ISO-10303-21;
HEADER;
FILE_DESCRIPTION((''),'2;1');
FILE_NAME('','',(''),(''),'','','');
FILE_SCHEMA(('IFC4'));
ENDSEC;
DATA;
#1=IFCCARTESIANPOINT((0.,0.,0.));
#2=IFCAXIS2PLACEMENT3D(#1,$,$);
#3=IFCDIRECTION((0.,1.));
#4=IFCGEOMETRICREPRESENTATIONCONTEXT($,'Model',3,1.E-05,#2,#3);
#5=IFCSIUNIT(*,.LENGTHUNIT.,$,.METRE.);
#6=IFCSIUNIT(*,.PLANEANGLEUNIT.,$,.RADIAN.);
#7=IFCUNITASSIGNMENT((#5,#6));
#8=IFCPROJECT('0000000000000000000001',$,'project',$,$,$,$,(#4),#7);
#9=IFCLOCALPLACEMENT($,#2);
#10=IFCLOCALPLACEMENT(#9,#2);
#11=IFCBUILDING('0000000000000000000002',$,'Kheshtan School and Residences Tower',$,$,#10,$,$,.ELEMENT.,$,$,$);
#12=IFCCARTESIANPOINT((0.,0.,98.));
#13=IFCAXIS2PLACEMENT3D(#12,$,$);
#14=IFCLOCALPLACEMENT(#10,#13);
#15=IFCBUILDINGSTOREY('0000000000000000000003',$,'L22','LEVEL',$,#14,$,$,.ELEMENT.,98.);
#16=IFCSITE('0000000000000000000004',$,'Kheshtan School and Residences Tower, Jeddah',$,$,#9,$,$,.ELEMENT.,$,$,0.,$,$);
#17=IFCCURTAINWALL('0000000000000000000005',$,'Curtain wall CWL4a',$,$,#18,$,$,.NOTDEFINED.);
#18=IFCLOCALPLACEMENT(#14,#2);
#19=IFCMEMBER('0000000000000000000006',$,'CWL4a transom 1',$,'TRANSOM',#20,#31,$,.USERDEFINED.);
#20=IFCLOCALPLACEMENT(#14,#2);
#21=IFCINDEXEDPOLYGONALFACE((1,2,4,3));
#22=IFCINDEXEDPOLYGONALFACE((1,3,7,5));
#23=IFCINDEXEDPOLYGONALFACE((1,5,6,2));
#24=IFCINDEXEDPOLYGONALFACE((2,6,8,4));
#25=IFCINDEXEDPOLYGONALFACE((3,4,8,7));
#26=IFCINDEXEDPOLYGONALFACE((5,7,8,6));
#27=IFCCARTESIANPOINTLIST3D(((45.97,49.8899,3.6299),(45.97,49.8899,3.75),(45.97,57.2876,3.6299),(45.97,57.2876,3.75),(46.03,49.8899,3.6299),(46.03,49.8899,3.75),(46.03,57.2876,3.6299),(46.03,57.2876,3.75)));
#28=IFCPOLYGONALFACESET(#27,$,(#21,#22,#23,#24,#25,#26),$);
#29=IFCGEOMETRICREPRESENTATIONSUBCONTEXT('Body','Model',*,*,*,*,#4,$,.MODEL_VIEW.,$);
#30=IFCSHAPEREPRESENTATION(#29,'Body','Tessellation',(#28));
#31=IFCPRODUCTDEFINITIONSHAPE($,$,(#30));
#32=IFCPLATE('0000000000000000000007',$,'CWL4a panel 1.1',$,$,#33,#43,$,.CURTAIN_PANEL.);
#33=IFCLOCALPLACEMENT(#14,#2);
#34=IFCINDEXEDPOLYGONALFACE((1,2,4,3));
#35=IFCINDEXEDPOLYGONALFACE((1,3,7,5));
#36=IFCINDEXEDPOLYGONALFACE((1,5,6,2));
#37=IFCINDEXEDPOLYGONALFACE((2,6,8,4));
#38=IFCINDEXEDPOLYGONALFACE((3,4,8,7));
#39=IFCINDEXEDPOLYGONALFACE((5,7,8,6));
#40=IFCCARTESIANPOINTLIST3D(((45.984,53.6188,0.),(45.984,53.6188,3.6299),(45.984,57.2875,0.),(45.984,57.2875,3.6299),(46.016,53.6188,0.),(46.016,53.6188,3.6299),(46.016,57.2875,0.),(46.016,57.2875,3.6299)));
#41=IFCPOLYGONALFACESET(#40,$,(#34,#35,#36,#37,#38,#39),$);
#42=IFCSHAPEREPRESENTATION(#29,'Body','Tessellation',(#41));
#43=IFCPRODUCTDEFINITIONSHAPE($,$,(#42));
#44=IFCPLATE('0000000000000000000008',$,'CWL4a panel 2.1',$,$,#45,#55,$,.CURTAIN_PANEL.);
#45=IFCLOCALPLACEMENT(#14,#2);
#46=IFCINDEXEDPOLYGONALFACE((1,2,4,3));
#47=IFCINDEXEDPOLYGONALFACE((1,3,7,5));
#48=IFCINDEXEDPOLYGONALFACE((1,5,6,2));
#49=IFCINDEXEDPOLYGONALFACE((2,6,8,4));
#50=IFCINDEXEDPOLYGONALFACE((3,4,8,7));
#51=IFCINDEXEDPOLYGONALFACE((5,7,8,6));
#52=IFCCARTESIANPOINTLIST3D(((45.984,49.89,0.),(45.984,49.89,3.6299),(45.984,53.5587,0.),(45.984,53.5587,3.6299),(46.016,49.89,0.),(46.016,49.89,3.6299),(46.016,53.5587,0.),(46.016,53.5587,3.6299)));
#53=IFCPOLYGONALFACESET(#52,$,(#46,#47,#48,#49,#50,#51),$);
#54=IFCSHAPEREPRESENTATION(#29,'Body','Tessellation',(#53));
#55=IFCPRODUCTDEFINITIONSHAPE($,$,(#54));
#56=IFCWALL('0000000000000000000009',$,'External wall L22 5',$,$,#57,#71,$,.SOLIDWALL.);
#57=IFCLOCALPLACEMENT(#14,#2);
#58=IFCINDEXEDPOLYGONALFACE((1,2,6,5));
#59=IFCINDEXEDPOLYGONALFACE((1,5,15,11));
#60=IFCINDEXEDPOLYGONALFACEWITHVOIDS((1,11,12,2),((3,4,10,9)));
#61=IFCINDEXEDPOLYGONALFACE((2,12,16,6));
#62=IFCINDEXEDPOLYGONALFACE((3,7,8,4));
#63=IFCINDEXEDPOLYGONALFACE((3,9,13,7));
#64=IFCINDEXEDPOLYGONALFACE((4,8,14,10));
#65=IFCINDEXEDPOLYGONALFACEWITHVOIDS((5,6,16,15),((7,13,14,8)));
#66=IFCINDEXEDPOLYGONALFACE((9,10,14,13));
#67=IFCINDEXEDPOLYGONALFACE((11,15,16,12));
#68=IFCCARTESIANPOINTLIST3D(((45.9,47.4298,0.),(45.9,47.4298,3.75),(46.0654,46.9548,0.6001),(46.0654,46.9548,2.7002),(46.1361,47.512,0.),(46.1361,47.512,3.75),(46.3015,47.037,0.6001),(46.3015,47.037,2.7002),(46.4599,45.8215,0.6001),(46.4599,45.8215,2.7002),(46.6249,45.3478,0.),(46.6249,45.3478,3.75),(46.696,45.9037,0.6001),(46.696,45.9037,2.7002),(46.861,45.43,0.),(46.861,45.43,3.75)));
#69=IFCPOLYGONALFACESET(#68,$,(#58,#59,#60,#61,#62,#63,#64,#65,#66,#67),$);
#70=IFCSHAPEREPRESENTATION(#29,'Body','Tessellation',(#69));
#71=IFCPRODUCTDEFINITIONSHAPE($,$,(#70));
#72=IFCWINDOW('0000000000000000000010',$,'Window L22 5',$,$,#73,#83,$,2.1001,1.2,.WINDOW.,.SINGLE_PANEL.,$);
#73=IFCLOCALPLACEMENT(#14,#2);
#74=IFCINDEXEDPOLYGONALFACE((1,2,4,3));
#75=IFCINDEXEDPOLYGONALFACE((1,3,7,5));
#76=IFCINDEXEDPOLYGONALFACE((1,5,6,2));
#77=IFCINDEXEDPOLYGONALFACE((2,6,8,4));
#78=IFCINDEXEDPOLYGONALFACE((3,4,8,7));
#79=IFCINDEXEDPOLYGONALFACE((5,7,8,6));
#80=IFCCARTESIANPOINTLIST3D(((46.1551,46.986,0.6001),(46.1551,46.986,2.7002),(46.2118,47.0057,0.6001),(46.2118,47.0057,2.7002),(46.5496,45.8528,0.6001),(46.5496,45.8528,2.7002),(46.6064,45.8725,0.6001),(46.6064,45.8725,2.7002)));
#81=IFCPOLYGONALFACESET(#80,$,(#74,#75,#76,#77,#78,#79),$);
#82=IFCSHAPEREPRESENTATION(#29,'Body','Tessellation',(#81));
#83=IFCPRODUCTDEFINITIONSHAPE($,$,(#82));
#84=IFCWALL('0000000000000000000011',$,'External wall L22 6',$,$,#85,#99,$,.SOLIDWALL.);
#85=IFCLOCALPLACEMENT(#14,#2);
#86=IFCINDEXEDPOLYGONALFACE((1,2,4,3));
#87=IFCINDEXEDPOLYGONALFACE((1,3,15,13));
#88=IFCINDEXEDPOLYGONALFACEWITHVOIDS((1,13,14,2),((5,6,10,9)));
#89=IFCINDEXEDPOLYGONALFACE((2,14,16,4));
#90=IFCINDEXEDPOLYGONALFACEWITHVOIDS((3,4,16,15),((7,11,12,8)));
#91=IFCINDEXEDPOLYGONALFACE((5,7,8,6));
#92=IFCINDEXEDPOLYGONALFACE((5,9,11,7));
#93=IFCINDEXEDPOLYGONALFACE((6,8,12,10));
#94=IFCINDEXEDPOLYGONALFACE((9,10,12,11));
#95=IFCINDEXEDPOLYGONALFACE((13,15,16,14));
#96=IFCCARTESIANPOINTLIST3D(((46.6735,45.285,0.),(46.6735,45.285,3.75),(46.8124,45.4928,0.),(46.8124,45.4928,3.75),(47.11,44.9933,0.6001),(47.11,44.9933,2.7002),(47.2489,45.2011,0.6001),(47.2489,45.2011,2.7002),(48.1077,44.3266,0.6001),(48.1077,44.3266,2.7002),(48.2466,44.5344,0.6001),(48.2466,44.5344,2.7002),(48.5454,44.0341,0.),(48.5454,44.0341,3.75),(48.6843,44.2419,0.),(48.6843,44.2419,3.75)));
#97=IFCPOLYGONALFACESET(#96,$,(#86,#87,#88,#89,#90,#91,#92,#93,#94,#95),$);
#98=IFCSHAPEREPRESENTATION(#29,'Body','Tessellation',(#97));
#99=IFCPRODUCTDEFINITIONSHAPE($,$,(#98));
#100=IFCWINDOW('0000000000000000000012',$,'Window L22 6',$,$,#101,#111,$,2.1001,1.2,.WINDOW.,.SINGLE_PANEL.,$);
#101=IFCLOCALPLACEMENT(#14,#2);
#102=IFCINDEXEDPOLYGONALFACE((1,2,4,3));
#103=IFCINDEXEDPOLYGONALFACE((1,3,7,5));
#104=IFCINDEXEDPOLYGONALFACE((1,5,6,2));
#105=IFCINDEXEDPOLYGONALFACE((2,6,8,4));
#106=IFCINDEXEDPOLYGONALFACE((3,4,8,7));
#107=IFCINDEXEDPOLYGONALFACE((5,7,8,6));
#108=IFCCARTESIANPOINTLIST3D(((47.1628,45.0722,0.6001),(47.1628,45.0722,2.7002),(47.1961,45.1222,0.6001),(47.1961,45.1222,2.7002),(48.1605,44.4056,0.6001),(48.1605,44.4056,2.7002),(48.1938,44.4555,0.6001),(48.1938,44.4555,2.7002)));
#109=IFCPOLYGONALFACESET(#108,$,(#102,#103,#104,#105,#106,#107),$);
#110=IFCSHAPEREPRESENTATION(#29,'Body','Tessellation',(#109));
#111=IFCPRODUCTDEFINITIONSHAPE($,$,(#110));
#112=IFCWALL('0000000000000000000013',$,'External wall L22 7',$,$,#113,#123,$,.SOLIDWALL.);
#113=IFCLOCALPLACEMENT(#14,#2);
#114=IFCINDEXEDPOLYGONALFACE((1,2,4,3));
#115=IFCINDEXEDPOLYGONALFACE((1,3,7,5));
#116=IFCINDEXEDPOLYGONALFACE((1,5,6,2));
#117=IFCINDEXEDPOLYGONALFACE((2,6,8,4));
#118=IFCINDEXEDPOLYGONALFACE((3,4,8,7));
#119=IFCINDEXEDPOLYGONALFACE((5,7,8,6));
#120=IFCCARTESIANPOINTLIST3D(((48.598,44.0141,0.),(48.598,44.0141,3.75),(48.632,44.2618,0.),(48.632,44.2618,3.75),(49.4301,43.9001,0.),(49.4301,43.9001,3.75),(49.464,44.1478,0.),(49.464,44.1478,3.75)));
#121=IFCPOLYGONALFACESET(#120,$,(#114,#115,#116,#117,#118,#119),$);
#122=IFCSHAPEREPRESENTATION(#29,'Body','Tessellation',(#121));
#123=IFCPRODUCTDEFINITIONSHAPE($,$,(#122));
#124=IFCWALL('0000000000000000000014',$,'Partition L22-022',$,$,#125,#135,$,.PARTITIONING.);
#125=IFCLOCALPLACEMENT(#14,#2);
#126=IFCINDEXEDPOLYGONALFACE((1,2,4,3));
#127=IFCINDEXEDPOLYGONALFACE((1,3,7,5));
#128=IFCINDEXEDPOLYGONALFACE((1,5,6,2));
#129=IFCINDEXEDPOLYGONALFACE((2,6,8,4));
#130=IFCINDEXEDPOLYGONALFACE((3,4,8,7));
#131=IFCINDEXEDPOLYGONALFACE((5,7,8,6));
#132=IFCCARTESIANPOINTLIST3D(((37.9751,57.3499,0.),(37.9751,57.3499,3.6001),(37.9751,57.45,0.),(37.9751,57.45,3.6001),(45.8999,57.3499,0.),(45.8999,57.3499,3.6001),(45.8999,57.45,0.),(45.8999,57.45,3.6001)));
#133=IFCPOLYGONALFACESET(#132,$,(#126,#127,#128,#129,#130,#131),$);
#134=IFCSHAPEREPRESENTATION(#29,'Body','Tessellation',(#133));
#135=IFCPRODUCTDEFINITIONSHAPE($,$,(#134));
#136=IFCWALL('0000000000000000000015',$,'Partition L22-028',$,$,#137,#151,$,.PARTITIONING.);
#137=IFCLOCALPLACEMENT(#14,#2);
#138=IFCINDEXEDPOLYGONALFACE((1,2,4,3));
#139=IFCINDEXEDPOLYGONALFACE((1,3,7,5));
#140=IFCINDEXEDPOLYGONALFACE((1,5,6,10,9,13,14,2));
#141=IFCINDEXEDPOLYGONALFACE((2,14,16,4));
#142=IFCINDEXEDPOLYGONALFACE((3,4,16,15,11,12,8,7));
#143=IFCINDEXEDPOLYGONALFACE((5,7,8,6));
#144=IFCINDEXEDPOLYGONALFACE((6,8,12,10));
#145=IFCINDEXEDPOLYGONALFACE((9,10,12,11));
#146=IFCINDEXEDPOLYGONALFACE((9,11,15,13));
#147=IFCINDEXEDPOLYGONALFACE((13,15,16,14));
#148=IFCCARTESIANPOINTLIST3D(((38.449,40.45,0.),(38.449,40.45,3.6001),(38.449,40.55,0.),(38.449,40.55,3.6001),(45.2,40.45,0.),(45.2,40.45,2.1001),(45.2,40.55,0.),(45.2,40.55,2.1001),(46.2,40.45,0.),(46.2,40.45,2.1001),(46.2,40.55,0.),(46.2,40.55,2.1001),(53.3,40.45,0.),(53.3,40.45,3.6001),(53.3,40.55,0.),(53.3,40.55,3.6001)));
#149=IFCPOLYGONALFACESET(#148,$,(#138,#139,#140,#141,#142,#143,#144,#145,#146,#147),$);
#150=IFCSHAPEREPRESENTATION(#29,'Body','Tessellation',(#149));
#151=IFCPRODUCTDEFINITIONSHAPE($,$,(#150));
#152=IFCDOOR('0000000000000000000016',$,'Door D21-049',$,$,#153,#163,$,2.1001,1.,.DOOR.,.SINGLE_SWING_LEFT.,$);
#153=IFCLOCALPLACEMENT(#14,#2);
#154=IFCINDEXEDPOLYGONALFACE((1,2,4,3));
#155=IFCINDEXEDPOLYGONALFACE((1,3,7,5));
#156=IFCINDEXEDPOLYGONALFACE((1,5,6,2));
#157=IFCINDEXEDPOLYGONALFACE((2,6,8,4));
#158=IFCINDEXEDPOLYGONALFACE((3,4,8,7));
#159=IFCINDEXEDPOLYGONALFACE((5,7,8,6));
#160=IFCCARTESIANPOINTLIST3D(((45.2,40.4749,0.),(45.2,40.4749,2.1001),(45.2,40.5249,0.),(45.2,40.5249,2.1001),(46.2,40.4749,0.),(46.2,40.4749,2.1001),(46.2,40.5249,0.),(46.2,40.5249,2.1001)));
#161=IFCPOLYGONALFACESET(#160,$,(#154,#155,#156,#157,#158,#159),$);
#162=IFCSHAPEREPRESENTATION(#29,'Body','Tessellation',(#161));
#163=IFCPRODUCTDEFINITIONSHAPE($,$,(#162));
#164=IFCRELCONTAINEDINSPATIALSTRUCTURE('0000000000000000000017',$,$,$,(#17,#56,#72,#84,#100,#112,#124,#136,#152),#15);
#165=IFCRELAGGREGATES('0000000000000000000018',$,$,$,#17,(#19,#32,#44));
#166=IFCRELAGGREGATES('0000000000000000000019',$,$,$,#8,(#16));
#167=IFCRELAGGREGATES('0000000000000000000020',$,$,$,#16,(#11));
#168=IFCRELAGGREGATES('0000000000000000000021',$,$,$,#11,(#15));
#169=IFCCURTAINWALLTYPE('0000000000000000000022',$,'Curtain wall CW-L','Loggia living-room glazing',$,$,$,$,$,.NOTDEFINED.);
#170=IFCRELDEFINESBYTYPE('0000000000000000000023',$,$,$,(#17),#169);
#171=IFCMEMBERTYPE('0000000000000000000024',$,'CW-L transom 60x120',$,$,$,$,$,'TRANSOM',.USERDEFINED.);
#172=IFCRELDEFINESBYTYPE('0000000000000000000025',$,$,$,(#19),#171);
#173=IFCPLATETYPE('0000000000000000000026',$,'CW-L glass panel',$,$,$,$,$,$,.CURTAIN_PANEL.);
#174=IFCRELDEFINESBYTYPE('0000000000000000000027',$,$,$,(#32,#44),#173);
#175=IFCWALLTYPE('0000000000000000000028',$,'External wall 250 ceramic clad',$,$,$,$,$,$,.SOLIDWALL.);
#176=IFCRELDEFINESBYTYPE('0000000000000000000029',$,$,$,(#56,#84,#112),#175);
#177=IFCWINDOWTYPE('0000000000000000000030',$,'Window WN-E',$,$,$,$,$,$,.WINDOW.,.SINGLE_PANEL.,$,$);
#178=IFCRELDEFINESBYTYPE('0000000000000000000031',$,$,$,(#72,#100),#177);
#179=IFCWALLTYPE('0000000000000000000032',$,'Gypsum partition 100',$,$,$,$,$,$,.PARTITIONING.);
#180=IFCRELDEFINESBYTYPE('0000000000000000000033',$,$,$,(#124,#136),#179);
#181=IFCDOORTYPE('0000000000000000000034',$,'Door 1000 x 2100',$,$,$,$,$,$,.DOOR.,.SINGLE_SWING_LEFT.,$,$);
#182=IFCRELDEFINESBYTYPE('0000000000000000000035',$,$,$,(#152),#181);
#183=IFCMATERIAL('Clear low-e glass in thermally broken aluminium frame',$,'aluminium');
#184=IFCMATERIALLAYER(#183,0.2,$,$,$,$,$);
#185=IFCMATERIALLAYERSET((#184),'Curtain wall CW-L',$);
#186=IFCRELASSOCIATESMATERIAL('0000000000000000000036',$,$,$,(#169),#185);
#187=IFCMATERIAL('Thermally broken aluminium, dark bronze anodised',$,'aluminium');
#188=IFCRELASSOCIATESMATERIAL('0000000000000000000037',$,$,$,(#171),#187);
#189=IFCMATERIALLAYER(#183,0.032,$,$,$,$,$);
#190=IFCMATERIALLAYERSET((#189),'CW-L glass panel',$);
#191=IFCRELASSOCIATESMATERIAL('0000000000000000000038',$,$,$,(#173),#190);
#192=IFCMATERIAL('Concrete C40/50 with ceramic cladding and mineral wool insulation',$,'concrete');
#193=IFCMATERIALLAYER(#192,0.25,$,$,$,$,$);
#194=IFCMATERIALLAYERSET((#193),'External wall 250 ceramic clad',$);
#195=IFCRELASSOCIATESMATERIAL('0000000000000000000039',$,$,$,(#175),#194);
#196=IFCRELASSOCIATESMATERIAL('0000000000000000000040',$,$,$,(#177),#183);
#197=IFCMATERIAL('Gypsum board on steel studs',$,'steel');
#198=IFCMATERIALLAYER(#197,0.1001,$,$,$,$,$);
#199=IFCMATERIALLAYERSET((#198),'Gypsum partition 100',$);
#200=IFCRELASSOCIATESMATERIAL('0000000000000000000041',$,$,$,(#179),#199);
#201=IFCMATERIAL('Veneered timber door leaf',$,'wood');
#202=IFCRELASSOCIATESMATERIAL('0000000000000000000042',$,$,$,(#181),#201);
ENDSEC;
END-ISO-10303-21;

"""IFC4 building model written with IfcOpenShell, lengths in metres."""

from ifc_helpers import new_model, si_unit, direction, frame, frame_2d, origin, origin_2d, place, context, subcontext, project, spatial, rectangle, extrude, source, transform, mapped, material, layer, layer_set, material_profile, profile_set, type_object, element, fill, aggregate, save


model = new_model("IFC4")

# Units and contexts
model_context = context("Model", 3, precision=1e-05, world=origin(), true_north=direction((0.0, 1.0)))
body_context = subcontext(model_context, "Body", "Model", "MODEL_VIEW")
ifc_project = project(units=[si_unit("LENGTHUNIT", "METRE"), si_unit("PLANEANGLEUNIT", "RADIAN")], contexts=[model_context])

# Site, building, storey
site_placement = place(None, origin())
site = spatial("IfcSite", under=ifc_project, at=site_placement, Name="Kheshtan School and Residences Tower, Jeddah", CompositionType="ELEMENT", RefElevation=0.0)
building_placement = place(site_placement, origin())
building = spatial("IfcBuilding", under=site, at=building_placement, Name="Kheshtan School and Residences Tower", CompositionType="ELEMENT")
storey_placement = place(building_placement, frame((0.0, 0.0, 98.0)))
storey = spatial("IfcBuildingStorey", under=building, at=storey_placement, Name="L22", Description="LEVEL", CompositionType="ELEMENT", Elevation=98.0)

# Curtain wall, member, plates
ifc_material_1 = material(Name="Clear low-e glass in thermally broken aluminium frame", Category="aluminium")
ifc_layer_1 = layer(ifc_material_1, 0.2)
ifc_layer_set_1 = layer_set([ifc_layer_1], Name="Curtain wall CW-L")
curtain_wall_type = type_object("IfcCurtainWallType", Name="Curtain wall CW-L", Description="Loggia living-room glazing", PredefinedType="NOTDEFINED", material=ifc_layer_set_1)
curtain_wall_placement = place(storey_placement, origin())
curtain_wall = element("IfcCurtainWall", 1, at=curtain_wall_placement, inside=storey, type_object=curtain_wall_type, Name="Curtain wall CWL4a", PredefinedType="NOTDEFINED")
ifc_material_2 = material(Name="Thermally broken aluminium, dark bronze anodised", Category="aluminium")
ifc_material_profile_1 = material_profile(ifc_material_2, rectangle(XDim=0.0601, YDim=0.1201, at=origin_2d()), Name="CW-L transom 60x120")
ifc_profile_set_1 = profile_set([ifc_material_profile_1], Name="Thermally broken aluminium, dark bronze anodised")
member_type_1 = type_object("IfcMemberType", Name="CW-L transom 60x120", ElementType="TRANSOM", PredefinedType="USERDEFINED", material=ifc_profile_set_1)
member_1_placement = place(storey_placement, frame((46.0, 57.2876, 3.6899), z_axis=(0.0, -1.0, 0.0), x_axis=(1.0, 0.0, 0.0)))
member_1 = element("IfcMember", 2, at=member_1_placement, type_object=member_type_1, Name="CWL4a transom 1", ObjectType="TRANSOM", PredefinedType="USERDEFINED", context=body_context, shape_type="SweptSolid", body=[
    extrude(rectangle(XDim=0.0601, YDim=0.1201, at=origin_2d()), origin(), (0.0, 0.0, 1.0), 7.3977),
])
ifc_layer_2 = layer(ifc_material_1, 0.032)
ifc_layer_set_2 = layer_set([ifc_layer_2], Name="CW-L glass panel")
plate_type = type_object("IfcPlateType", Name="CW-L glass panel", PredefinedType="CURTAIN_PANEL", material=ifc_layer_set_2)
plate_1_placement = place(storey_placement, frame((46.0, 55.4531, 0.0), z_axis=(0.0, 0.0, 1.0), x_axis=(0.0, -1.0, 0.0)))
plate_1 = element("IfcPlate", 3, at=plate_1_placement, type_object=plate_type, Name="CWL4a panel 1.1", PredefinedType="CURTAIN_PANEL", context=body_context, shape_type="SweptSolid", body=[
    extrude(rectangle(XDim=3.6687, YDim=0.032, at=origin_2d()), origin(), (0.0, 0.0, 1.0), 3.6299),
])
plate_2_placement = place(storey_placement, frame((46.0, 51.7244, 0.0), z_axis=(0.0, 0.0, 1.0), x_axis=(0.0, -1.0, 0.0)))
plate_2 = element("IfcPlate", 4, at=plate_2_placement, type_object=plate_type, Name="CWL4a panel 2.1", PredefinedType="CURTAIN_PANEL", context=body_context, shape_type="SweptSolid", body=[
    extrude(rectangle(XDim=3.6687, YDim=0.032, at=origin_2d()), origin(), (0.0, 0.0, 1.0), 3.6299),
])
aggregate(curtain_wall, [member_1, plate_1, plate_2])

# Walls, openings, windows
ifc_material_3 = material(Name="Concrete C40/50 with ceramic cladding and mineral wool insulation", Category="concrete")
ifc_layer_3 = layer(ifc_material_3, 0.25)
ifc_layer_set_3 = layer_set([ifc_layer_3], Name="External wall 250 ceramic clad")
wall_type_1 = type_object("IfcWallType", Name="External wall 250 ceramic clad", PredefinedType="SOLIDWALL", material=ifc_layer_set_3)
wall_1_placement = place(storey_placement, frame((46.0181, 47.4709, 0.0), z_axis=(0.0, 0.0, 1.0), x_axis=(0.328791, -0.944403, 0.0)))
wall_1 = element("IfcWall", 5, at=wall_1_placement, inside=storey, type_object=wall_type_1, Name="External wall L22 5", PredefinedType="SOLIDWALL", context=body_context, shape_type="SweptSolid", body=[
    extrude(rectangle(XDim=2.2046, YDim=0.25, at=frame_2d((1.1023, 0.0))), origin(), (0.0, 0.0, 1.0), 3.75),
])
opening_1_placement = place(wall_1_placement, frame((0.5029, 0.0, 0.6001)))
opening_1 = element("IfcOpeningElement", 6, at=opening_1_placement, cuts=wall_1, PredefinedType="OPENING", context=body_context, shape_type="SweptSolid", body=[
    extrude(rectangle(XDim=1.2, YDim=2.1001, at=frame_2d((0.6001, 1.05))), frame((0.0, 0.135, 0.0), z_axis=(0.0, -1.0, 0.0), x_axis=(1.0, 0.0, 0.0)), (0.0, 0.0, 1.0), 0.27),
])
window_type = type_object("IfcWindowType", Name="Window WN-E", PartitioningType="SINGLE_PANEL", PredefinedType="WINDOW", material=ifc_material_1)
shared_shape_1 = source(origin(), body_context, "Body", "SweptSolid", [
    extrude(rectangle(XDim=1.2, YDim=2.1001, at=frame_2d((0.6001, 1.05))), frame((0.0, 0.03, 0.0), z_axis=(0.0, -1.0, 0.0), x_axis=(1.0, 0.0, 0.0)), (0.0, 0.0, 1.0), 0.0601),
])
window_1_placement = place(opening_1_placement, origin())
window_1 = element("IfcWindow", 7, at=window_1_placement, inside=storey, type_object=window_type, Name="Window L22 5", OverallHeight=2.1001, OverallWidth=1.2, PartitioningType="SINGLE_PANEL", PredefinedType="WINDOW", context=body_context, shape_type="MappedRepresentation", body=[
    mapped(shared_shape_1, transform((0.0, 0.0, 0.0), x_axis=(1.0, 0.0, 0.0), y_axis=(0.0, 1.0, 0.0), z_axis=(0.0, 0.0, 1.0), scale=1.0)),
])
fill(opening_1, window_1)
wall_2_placement = place(storey_placement, frame((46.7429, 45.3889, 0.0), z_axis=(0.0, 0.0, 1.0), x_axis=(0.831449, -0.555601, 0.0)))
wall_2 = element("IfcWall", 8, at=wall_2_placement, inside=storey, type_object=wall_type_1, Name="External wall L22 6", PredefinedType="SOLIDWALL", context=body_context, shape_type="SweptSolid", body=[
    extrude(rectangle(XDim=2.2515, YDim=0.25, at=frame_2d((1.1257, 0.0))), origin(), (0.0, 0.0, 1.0), 3.75),
])
opening_2_placement = place(wall_2_placement, frame((0.5249, 0.0, 0.6001)))
opening_2 = element("IfcOpeningElement", 9, at=opening_2_placement, cuts=wall_2, PredefinedType="OPENING", context=body_context, shape_type="SweptSolid", body=[
    extrude(rectangle(XDim=1.2, YDim=2.1001, at=frame_2d((0.6001, 1.05))), frame((0.0, 0.135, 0.0), z_axis=(0.0, -1.0, 0.0), x_axis=(1.0, 0.0, 0.0)), (0.0, 0.0, 1.0), 0.27),
])
window_2_placement = place(opening_2_placement, origin())
window_2 = element("IfcWindow", 10, at=window_2_placement, inside=storey, type_object=window_type, Name="Window L22 6", OverallHeight=2.1001, OverallWidth=1.2, PartitioningType="SINGLE_PANEL", PredefinedType="WINDOW", context=body_context, shape_type="MappedRepresentation", body=[
    mapped(shared_shape_1, transform((0.0, 0.0, 0.0), x_axis=(1.0, 0.0, 0.0), y_axis=(0.0, 1.0, 0.0), z_axis=(0.0, 0.0, 1.0), scale=1.0)),
])
fill(opening_2, window_2)

# Wall
wall_3_placement = place(storey_placement, frame((48.615, 44.1379, 0.0), z_axis=(0.0, 0.0, 1.0), x_axis=(0.990742, -0.135762, 0.0)))
element("IfcWall", 11, at=wall_3_placement, inside=storey, type_object=wall_type_1, Name="External wall L22 7", PredefinedType="SOLIDWALL", context=body_context, shape_type="SweptSolid", body=[
    extrude(rectangle(XDim=0.8398, YDim=0.25, at=frame_2d((0.4199, 0.0))), origin(), (0.0, 0.0, 1.0), 3.75),
])

# Wall
ifc_material_4 = material(Name="Gypsum board on steel studs", Category="steel")
ifc_layer_4 = layer(ifc_material_4, 0.1001)
ifc_layer_set_4 = layer_set([ifc_layer_4], Name="Gypsum partition 100")
wall_type_2 = type_object("IfcWallType", Name="Gypsum partition 100", PredefinedType="PARTITIONING", material=ifc_layer_set_4)
wall_4_placement = place(storey_placement, frame((37.9751, 57.3999, 0.0), z_axis=(0.0, 0.0, 1.0), x_axis=(1.0, 0.0, 0.0)))
element("IfcWall", 12, at=wall_4_placement, inside=storey, type_object=wall_type_2, Name="Partition L22-022", PredefinedType="PARTITIONING", context=body_context, shape_type="SweptSolid", body=[
    extrude(rectangle(XDim=7.9248, YDim=0.1001, at=frame_2d((3.9624, 0.0))), origin(), (0.0, 0.0, 1.0), 3.6001),
])

# Wall, opening, door
wall_5_placement = place(storey_placement, frame((38.449, 40.5, 0.0), z_axis=(0.0, 0.0, 1.0), x_axis=(1.0, 0.0, 0.0)))
wall_5 = element("IfcWall", 13, at=wall_5_placement, inside=storey, type_object=wall_type_2, Name="Partition L22-028", PredefinedType="PARTITIONING", context=body_context, shape_type="SweptSolid", body=[
    extrude(rectangle(XDim=14.8511, YDim=0.1001, at=frame_2d((7.4255, 0.0))), origin(), (0.0, 0.0, 1.0), 3.6001),
])
opening_3_placement = place(wall_5_placement, frame((6.751, 0.0, 0.0)))
opening_3 = element("IfcOpeningElement", 14, at=opening_3_placement, cuts=wall_5, PredefinedType="OPENING", context=body_context, shape_type="SweptSolid", body=[
    extrude(rectangle(XDim=1.0, YDim=2.1001, at=frame_2d((0.5, 1.05))), frame((0.0, 0.0601, 0.0), z_axis=(0.0, -1.0, 0.0), x_axis=(1.0, 0.0, 0.0)), (0.0, 0.0, 1.0), 0.1201),
])
ifc_material_5 = material(Name="Veneered timber door leaf", Category="wood")
door_type_1 = type_object("IfcDoorType", Name="Door 1000 x 2100", OperationType="SINGLE_SWING_LEFT", PredefinedType="DOOR", material=ifc_material_5)
shared_shape_2 = source(origin(), body_context, "Body", "SweptSolid", [
    extrude(rectangle(XDim=1.0, YDim=2.1001, at=frame_2d((0.5, 1.05))), frame((0.0, 0.0249, 0.0), z_axis=(0.0, -1.0, 0.0), x_axis=(1.0, 0.0, 0.0)), (0.0, 0.0, 1.0), 0.05),
])
door_1_placement = place(opening_3_placement, origin())
door_1 = element("IfcDoor", 15, at=door_1_placement, inside=storey, type_object=door_type_1, Name="Door D21-049", OperationType="SINGLE_SWING_LEFT", OverallHeight=2.1001, OverallWidth=1.0, PredefinedType="DOOR", context=body_context, shape_type="MappedRepresentation", body=[
    mapped(shared_shape_2, transform((0.0, 0.0, 0.0), x_axis=(1.0, 0.0, 0.0), y_axis=(0.0, 1.0, 0.0), z_axis=(0.0, 0.0, 1.0), scale=1.0)),
])
fill(opening_3, door_1)

save(model, "model.ifc")
